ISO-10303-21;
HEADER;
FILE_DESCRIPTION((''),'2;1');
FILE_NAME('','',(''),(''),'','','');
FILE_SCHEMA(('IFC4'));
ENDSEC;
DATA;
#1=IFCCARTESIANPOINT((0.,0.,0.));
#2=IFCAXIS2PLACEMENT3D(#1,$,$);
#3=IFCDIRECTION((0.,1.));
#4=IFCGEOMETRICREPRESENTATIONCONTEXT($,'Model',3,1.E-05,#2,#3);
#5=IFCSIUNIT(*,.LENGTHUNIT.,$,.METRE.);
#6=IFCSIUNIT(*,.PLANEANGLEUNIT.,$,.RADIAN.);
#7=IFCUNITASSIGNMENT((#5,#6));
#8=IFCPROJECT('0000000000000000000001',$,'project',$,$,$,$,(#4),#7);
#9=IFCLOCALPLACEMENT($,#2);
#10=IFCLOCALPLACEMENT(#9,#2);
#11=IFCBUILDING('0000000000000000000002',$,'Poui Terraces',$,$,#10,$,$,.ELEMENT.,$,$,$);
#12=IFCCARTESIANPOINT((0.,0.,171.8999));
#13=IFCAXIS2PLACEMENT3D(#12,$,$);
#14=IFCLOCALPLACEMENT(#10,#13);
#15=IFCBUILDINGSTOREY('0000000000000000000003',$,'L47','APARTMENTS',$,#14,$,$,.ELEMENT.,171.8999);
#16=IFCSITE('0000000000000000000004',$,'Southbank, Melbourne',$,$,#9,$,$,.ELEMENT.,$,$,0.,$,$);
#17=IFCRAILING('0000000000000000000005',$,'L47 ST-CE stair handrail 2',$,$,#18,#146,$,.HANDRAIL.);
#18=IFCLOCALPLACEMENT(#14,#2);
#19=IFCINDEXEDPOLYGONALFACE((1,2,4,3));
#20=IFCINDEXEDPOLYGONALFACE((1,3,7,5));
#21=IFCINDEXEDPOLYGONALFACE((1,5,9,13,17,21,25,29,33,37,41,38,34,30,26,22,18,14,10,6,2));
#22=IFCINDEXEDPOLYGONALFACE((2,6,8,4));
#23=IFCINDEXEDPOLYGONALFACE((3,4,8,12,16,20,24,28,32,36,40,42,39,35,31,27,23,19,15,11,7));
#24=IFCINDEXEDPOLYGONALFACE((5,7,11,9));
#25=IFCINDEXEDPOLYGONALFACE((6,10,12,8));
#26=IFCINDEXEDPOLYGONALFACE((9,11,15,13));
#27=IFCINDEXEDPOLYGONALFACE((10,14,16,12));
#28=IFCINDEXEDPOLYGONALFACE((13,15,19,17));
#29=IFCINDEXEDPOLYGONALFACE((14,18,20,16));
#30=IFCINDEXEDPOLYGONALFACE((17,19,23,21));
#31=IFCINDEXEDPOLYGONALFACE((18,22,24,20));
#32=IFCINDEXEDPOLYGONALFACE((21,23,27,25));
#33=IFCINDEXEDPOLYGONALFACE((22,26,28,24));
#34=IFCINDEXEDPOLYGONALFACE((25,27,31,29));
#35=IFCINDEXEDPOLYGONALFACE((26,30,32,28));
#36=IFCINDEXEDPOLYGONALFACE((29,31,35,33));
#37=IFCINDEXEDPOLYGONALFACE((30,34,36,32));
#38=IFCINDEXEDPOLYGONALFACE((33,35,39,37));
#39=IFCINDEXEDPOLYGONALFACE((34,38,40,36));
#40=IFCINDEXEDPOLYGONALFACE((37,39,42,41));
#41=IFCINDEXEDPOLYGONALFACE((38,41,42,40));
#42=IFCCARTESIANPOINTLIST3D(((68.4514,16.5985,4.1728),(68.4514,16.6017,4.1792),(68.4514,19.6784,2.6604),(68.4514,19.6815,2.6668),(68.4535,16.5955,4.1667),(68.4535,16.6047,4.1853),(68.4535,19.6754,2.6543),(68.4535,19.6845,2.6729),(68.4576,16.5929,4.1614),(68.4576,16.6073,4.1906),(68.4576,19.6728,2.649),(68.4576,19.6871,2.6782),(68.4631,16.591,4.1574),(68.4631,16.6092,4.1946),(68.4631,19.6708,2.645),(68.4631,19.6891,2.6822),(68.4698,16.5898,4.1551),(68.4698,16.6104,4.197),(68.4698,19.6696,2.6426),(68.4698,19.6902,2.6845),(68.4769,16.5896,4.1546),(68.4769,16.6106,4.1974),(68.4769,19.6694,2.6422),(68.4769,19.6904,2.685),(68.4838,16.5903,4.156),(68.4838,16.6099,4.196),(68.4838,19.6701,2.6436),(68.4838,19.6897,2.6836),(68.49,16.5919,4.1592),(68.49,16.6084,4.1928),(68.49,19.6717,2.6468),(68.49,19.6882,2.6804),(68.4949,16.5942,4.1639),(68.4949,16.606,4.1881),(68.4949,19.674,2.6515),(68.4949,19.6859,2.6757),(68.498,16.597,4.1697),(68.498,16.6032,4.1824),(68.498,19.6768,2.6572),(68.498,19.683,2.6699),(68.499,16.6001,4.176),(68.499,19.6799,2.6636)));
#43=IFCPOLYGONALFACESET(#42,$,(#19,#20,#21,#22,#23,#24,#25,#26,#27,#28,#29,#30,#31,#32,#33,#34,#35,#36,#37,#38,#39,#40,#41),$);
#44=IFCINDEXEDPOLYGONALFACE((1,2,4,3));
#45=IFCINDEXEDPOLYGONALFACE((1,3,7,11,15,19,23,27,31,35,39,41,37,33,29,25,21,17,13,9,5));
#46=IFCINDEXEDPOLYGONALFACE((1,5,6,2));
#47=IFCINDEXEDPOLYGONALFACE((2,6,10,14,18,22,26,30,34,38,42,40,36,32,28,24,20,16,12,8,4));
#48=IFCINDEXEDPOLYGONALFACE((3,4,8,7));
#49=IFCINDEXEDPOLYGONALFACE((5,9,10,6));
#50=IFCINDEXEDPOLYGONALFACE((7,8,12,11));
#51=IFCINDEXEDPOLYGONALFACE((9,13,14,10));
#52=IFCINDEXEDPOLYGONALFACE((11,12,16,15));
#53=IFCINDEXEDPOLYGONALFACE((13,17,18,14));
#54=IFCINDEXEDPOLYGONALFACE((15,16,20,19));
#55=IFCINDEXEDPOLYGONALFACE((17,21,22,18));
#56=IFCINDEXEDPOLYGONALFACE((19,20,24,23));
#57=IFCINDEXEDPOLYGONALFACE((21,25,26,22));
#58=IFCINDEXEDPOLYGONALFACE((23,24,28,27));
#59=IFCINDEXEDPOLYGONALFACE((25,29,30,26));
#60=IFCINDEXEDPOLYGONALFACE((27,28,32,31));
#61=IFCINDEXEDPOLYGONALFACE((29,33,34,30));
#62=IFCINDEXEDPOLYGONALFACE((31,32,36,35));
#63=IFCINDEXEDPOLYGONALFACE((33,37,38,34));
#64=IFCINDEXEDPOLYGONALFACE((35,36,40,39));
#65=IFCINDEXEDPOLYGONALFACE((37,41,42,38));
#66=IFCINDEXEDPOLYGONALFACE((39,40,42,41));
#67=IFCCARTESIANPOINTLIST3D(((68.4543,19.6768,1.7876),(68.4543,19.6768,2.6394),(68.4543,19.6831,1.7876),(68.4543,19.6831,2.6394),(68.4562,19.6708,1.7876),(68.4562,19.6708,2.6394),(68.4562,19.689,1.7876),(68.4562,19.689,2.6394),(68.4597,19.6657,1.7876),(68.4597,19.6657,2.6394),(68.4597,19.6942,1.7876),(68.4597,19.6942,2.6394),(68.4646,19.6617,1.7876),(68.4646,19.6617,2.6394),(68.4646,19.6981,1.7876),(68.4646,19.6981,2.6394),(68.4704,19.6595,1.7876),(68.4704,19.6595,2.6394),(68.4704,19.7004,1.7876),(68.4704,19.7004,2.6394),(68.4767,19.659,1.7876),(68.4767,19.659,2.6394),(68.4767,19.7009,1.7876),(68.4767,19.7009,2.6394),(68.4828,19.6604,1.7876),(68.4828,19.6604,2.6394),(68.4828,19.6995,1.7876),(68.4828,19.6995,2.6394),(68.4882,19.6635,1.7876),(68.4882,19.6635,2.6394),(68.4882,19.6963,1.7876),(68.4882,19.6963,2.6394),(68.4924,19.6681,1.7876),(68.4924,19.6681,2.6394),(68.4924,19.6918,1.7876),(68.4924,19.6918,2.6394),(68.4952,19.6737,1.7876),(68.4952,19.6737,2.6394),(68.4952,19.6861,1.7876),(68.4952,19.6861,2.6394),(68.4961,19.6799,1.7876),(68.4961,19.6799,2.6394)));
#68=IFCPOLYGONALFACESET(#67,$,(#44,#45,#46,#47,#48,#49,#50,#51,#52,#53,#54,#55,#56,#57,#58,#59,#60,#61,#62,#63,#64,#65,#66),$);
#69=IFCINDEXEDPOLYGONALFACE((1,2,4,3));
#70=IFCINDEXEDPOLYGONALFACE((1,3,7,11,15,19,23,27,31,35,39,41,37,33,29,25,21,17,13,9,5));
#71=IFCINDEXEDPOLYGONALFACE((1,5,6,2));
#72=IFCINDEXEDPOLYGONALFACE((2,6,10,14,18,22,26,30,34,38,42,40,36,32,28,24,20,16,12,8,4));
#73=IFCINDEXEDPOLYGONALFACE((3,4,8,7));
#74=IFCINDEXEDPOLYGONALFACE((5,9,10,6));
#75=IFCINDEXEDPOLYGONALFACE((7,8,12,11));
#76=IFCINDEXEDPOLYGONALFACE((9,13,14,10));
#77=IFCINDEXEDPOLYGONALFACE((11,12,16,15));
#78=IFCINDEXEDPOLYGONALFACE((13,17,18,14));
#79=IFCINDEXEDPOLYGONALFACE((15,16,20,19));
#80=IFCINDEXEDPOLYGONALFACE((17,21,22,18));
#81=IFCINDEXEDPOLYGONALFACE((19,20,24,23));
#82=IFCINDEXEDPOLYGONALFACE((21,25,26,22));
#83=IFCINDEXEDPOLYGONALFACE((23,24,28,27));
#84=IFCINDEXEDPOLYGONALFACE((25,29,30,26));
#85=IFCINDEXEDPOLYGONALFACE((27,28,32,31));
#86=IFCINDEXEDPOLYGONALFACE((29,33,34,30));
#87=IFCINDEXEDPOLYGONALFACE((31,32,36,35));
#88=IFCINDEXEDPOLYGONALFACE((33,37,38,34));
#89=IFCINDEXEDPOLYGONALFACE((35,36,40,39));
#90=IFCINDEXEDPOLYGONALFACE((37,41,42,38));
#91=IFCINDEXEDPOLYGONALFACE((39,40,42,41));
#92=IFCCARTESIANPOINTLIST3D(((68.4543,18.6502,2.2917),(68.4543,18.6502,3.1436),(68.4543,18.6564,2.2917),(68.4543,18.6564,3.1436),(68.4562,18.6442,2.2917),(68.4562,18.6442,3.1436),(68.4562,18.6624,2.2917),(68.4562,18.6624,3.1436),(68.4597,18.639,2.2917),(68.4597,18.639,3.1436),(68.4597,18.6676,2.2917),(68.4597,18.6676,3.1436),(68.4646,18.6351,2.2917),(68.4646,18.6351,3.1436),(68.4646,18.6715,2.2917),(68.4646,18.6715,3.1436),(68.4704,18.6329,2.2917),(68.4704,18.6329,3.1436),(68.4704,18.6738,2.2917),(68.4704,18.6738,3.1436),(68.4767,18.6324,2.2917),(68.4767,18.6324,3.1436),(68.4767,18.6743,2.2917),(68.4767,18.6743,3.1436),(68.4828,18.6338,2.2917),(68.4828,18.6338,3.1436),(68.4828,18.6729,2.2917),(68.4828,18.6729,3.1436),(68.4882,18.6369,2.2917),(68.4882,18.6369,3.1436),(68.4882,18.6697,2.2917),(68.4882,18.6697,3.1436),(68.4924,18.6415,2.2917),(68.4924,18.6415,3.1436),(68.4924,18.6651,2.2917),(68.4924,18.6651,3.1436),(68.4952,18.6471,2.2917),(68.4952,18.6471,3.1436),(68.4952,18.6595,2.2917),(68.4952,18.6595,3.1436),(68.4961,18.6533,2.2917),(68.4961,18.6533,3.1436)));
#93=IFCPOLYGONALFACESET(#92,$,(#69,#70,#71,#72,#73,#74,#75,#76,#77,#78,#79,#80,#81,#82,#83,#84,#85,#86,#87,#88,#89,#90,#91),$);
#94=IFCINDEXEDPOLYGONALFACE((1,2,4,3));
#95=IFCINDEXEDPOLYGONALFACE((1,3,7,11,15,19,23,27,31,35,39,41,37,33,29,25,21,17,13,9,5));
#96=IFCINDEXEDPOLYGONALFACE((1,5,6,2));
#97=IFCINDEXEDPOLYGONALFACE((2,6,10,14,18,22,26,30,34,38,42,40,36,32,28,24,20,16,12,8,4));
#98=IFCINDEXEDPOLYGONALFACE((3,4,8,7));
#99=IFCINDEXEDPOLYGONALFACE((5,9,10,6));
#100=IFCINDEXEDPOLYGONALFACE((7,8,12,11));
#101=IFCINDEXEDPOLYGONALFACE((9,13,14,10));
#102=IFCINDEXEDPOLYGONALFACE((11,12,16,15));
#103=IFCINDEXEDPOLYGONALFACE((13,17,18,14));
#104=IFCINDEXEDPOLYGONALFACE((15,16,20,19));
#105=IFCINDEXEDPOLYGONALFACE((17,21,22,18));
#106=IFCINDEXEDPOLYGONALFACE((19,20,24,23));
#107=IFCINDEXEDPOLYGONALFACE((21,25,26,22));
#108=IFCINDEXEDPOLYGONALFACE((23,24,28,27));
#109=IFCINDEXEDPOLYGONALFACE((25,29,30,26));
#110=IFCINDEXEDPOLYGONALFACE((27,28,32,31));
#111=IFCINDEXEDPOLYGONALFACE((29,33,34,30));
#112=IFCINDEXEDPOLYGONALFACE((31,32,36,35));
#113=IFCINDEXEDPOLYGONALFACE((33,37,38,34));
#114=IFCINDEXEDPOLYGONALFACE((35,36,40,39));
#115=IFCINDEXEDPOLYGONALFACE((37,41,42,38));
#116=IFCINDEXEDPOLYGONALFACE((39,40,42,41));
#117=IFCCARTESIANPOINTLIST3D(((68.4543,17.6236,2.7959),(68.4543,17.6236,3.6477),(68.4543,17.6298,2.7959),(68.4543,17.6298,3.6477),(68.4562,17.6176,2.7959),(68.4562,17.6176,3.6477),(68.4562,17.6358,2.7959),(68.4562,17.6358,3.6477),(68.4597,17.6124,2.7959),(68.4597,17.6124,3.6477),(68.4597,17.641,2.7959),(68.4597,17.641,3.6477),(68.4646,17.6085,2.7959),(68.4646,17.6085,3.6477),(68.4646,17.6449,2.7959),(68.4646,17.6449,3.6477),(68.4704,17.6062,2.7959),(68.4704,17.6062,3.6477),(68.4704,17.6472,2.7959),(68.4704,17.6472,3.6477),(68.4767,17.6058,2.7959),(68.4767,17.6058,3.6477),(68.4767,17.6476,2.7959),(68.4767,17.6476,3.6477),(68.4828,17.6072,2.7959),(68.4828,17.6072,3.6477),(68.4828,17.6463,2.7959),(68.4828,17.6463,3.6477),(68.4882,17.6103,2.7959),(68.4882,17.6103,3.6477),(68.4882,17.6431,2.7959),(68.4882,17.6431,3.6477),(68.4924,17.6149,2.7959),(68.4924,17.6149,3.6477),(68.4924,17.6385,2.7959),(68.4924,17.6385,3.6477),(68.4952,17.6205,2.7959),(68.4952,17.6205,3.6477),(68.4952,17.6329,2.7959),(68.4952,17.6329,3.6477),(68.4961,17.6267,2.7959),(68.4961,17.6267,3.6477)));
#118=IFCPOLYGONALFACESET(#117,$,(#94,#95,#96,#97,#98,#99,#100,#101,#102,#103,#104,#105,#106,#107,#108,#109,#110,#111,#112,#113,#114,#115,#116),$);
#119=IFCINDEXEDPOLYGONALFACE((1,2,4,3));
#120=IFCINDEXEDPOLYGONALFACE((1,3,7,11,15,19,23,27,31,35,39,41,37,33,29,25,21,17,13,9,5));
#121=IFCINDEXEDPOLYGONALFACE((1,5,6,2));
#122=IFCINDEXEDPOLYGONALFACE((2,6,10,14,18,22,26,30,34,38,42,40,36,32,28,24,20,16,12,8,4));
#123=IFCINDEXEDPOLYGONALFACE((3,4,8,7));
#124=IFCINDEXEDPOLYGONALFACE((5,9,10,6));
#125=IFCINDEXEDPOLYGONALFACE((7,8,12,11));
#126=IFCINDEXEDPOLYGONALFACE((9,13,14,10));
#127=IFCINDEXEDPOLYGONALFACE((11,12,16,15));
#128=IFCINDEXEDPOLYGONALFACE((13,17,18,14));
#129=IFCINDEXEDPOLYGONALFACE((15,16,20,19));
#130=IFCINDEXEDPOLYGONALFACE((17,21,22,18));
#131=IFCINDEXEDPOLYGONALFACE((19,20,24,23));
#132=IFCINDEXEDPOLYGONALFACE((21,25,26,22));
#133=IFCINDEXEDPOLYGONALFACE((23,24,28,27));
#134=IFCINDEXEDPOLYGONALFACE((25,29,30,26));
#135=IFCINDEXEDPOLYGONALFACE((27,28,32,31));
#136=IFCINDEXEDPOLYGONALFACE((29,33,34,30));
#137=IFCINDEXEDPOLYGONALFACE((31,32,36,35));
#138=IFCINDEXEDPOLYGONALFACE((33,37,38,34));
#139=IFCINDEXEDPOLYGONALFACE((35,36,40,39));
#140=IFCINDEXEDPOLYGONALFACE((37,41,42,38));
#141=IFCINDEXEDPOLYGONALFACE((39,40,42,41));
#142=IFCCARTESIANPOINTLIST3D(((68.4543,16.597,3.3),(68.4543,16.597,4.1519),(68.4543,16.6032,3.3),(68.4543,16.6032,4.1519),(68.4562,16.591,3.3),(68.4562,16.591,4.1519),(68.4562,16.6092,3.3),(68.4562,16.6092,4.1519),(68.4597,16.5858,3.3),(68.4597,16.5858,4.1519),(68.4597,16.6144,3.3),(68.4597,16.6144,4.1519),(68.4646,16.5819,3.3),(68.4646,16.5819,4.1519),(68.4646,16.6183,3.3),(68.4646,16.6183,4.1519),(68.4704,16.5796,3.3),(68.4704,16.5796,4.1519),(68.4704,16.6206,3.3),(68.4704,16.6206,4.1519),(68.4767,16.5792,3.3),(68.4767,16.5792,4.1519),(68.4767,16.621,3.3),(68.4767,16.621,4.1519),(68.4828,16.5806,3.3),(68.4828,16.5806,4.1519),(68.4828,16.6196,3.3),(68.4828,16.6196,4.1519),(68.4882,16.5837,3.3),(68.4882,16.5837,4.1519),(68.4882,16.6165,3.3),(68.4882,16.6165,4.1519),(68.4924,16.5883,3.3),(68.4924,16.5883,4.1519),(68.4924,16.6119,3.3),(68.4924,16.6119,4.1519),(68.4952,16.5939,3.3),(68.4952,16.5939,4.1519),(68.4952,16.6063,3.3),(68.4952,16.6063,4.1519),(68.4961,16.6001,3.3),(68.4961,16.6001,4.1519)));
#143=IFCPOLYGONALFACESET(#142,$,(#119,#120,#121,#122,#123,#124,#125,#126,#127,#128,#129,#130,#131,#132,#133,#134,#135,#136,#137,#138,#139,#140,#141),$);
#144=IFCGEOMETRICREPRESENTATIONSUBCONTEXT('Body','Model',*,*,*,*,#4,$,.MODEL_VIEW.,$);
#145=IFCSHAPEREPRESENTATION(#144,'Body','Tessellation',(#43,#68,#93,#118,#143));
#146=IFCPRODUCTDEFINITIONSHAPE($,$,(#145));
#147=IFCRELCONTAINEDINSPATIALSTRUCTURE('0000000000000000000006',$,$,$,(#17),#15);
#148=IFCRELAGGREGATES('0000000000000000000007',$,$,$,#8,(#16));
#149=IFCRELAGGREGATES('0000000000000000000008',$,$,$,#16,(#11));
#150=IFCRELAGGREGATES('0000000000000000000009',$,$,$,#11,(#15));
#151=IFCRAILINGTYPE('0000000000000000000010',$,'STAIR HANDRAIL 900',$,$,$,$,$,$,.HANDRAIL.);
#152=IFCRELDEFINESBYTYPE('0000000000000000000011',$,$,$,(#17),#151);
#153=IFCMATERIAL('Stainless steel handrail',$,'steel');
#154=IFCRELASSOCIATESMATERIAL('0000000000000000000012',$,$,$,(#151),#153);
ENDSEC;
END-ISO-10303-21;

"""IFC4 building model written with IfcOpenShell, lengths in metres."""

from ifc_helpers import new_model, si_unit, direction, frame, origin, origin_2d, place, context, subcontext, project, spatial, circle, extrude, material, type_object, element, save


model = new_model("IFC4")

# Units and contexts
model_context = context("Model", 3, precision=1e-05, world=origin(), true_north=direction((0.0, 1.0)))
body_context = subcontext(model_context, "Body", "Model", "MODEL_VIEW")
ifc_project = project(units=[si_unit("LENGTHUNIT", "METRE"), si_unit("PLANEANGLEUNIT", "RADIAN")], contexts=[model_context])

# Site, building, storey
site_placement = place(None, origin())
site = spatial("IfcSite", under=ifc_project, at=site_placement, Name="Southbank, Melbourne", CompositionType="ELEMENT", RefElevation=0.0)
building_placement = place(site_placement, origin())
building = spatial("IfcBuilding", under=site, at=building_placement, Name="Poui Terraces", CompositionType="ELEMENT")
storey_placement = place(building_placement, frame((0.0, 0.0, 171.8999)))
storey = spatial("IfcBuildingStorey", under=building, at=storey_placement, Name="L47", Description="APARTMENTS", CompositionType="ELEMENT", Elevation=171.8999)

# Railing
ifc_material_1 = material(Name="Stainless steel handrail", Category="steel")
railing_type_1 = type_object("IfcRailingType", Name="STAIR HANDRAIL 900", PredefinedType="HANDRAIL", material=ifc_material_1)
railing_1_placement = place(storey_placement, frame((68.4751, 19.6799, 1.7876)))
element("IfcRailing", 1, at=railing_1_placement, inside=storey, type_object=railing_type_1, Name="L47 ST-CE stair handrail 2", PredefinedType="HANDRAIL", context=body_context, shape_type="SweptSolid", body=[
    extrude(circle(Radius=0.0239, at=origin_2d()), frame((0.0, 0.0, 0.876), z_axis=(0.0, -0.897606, 0.440798), x_axis=(1.0, 0.0, 0.0)), (0.0, 0.0, 1.0), 3.4312),
    extrude(circle(Radius=0.021, at=origin_2d()), origin(), (0.0, 0.0, 1.0), 0.8518),
    extrude(circle(Radius=0.021, at=origin_2d()), frame((0.0, -1.0266, 0.5042)), (0.0, 0.0, 1.0), 0.8518),
    extrude(circle(Radius=0.021, at=origin_2d()), frame((0.0, -2.0532, 1.0083)), (0.0, 0.0, 1.0), 0.8518),
    extrude(circle(Radius=0.021, at=origin_2d()), frame((0.0, -3.0798, 1.5125)), (0.0, 0.0, 1.0), 0.8518),
])

save(model, "model.ifc")
